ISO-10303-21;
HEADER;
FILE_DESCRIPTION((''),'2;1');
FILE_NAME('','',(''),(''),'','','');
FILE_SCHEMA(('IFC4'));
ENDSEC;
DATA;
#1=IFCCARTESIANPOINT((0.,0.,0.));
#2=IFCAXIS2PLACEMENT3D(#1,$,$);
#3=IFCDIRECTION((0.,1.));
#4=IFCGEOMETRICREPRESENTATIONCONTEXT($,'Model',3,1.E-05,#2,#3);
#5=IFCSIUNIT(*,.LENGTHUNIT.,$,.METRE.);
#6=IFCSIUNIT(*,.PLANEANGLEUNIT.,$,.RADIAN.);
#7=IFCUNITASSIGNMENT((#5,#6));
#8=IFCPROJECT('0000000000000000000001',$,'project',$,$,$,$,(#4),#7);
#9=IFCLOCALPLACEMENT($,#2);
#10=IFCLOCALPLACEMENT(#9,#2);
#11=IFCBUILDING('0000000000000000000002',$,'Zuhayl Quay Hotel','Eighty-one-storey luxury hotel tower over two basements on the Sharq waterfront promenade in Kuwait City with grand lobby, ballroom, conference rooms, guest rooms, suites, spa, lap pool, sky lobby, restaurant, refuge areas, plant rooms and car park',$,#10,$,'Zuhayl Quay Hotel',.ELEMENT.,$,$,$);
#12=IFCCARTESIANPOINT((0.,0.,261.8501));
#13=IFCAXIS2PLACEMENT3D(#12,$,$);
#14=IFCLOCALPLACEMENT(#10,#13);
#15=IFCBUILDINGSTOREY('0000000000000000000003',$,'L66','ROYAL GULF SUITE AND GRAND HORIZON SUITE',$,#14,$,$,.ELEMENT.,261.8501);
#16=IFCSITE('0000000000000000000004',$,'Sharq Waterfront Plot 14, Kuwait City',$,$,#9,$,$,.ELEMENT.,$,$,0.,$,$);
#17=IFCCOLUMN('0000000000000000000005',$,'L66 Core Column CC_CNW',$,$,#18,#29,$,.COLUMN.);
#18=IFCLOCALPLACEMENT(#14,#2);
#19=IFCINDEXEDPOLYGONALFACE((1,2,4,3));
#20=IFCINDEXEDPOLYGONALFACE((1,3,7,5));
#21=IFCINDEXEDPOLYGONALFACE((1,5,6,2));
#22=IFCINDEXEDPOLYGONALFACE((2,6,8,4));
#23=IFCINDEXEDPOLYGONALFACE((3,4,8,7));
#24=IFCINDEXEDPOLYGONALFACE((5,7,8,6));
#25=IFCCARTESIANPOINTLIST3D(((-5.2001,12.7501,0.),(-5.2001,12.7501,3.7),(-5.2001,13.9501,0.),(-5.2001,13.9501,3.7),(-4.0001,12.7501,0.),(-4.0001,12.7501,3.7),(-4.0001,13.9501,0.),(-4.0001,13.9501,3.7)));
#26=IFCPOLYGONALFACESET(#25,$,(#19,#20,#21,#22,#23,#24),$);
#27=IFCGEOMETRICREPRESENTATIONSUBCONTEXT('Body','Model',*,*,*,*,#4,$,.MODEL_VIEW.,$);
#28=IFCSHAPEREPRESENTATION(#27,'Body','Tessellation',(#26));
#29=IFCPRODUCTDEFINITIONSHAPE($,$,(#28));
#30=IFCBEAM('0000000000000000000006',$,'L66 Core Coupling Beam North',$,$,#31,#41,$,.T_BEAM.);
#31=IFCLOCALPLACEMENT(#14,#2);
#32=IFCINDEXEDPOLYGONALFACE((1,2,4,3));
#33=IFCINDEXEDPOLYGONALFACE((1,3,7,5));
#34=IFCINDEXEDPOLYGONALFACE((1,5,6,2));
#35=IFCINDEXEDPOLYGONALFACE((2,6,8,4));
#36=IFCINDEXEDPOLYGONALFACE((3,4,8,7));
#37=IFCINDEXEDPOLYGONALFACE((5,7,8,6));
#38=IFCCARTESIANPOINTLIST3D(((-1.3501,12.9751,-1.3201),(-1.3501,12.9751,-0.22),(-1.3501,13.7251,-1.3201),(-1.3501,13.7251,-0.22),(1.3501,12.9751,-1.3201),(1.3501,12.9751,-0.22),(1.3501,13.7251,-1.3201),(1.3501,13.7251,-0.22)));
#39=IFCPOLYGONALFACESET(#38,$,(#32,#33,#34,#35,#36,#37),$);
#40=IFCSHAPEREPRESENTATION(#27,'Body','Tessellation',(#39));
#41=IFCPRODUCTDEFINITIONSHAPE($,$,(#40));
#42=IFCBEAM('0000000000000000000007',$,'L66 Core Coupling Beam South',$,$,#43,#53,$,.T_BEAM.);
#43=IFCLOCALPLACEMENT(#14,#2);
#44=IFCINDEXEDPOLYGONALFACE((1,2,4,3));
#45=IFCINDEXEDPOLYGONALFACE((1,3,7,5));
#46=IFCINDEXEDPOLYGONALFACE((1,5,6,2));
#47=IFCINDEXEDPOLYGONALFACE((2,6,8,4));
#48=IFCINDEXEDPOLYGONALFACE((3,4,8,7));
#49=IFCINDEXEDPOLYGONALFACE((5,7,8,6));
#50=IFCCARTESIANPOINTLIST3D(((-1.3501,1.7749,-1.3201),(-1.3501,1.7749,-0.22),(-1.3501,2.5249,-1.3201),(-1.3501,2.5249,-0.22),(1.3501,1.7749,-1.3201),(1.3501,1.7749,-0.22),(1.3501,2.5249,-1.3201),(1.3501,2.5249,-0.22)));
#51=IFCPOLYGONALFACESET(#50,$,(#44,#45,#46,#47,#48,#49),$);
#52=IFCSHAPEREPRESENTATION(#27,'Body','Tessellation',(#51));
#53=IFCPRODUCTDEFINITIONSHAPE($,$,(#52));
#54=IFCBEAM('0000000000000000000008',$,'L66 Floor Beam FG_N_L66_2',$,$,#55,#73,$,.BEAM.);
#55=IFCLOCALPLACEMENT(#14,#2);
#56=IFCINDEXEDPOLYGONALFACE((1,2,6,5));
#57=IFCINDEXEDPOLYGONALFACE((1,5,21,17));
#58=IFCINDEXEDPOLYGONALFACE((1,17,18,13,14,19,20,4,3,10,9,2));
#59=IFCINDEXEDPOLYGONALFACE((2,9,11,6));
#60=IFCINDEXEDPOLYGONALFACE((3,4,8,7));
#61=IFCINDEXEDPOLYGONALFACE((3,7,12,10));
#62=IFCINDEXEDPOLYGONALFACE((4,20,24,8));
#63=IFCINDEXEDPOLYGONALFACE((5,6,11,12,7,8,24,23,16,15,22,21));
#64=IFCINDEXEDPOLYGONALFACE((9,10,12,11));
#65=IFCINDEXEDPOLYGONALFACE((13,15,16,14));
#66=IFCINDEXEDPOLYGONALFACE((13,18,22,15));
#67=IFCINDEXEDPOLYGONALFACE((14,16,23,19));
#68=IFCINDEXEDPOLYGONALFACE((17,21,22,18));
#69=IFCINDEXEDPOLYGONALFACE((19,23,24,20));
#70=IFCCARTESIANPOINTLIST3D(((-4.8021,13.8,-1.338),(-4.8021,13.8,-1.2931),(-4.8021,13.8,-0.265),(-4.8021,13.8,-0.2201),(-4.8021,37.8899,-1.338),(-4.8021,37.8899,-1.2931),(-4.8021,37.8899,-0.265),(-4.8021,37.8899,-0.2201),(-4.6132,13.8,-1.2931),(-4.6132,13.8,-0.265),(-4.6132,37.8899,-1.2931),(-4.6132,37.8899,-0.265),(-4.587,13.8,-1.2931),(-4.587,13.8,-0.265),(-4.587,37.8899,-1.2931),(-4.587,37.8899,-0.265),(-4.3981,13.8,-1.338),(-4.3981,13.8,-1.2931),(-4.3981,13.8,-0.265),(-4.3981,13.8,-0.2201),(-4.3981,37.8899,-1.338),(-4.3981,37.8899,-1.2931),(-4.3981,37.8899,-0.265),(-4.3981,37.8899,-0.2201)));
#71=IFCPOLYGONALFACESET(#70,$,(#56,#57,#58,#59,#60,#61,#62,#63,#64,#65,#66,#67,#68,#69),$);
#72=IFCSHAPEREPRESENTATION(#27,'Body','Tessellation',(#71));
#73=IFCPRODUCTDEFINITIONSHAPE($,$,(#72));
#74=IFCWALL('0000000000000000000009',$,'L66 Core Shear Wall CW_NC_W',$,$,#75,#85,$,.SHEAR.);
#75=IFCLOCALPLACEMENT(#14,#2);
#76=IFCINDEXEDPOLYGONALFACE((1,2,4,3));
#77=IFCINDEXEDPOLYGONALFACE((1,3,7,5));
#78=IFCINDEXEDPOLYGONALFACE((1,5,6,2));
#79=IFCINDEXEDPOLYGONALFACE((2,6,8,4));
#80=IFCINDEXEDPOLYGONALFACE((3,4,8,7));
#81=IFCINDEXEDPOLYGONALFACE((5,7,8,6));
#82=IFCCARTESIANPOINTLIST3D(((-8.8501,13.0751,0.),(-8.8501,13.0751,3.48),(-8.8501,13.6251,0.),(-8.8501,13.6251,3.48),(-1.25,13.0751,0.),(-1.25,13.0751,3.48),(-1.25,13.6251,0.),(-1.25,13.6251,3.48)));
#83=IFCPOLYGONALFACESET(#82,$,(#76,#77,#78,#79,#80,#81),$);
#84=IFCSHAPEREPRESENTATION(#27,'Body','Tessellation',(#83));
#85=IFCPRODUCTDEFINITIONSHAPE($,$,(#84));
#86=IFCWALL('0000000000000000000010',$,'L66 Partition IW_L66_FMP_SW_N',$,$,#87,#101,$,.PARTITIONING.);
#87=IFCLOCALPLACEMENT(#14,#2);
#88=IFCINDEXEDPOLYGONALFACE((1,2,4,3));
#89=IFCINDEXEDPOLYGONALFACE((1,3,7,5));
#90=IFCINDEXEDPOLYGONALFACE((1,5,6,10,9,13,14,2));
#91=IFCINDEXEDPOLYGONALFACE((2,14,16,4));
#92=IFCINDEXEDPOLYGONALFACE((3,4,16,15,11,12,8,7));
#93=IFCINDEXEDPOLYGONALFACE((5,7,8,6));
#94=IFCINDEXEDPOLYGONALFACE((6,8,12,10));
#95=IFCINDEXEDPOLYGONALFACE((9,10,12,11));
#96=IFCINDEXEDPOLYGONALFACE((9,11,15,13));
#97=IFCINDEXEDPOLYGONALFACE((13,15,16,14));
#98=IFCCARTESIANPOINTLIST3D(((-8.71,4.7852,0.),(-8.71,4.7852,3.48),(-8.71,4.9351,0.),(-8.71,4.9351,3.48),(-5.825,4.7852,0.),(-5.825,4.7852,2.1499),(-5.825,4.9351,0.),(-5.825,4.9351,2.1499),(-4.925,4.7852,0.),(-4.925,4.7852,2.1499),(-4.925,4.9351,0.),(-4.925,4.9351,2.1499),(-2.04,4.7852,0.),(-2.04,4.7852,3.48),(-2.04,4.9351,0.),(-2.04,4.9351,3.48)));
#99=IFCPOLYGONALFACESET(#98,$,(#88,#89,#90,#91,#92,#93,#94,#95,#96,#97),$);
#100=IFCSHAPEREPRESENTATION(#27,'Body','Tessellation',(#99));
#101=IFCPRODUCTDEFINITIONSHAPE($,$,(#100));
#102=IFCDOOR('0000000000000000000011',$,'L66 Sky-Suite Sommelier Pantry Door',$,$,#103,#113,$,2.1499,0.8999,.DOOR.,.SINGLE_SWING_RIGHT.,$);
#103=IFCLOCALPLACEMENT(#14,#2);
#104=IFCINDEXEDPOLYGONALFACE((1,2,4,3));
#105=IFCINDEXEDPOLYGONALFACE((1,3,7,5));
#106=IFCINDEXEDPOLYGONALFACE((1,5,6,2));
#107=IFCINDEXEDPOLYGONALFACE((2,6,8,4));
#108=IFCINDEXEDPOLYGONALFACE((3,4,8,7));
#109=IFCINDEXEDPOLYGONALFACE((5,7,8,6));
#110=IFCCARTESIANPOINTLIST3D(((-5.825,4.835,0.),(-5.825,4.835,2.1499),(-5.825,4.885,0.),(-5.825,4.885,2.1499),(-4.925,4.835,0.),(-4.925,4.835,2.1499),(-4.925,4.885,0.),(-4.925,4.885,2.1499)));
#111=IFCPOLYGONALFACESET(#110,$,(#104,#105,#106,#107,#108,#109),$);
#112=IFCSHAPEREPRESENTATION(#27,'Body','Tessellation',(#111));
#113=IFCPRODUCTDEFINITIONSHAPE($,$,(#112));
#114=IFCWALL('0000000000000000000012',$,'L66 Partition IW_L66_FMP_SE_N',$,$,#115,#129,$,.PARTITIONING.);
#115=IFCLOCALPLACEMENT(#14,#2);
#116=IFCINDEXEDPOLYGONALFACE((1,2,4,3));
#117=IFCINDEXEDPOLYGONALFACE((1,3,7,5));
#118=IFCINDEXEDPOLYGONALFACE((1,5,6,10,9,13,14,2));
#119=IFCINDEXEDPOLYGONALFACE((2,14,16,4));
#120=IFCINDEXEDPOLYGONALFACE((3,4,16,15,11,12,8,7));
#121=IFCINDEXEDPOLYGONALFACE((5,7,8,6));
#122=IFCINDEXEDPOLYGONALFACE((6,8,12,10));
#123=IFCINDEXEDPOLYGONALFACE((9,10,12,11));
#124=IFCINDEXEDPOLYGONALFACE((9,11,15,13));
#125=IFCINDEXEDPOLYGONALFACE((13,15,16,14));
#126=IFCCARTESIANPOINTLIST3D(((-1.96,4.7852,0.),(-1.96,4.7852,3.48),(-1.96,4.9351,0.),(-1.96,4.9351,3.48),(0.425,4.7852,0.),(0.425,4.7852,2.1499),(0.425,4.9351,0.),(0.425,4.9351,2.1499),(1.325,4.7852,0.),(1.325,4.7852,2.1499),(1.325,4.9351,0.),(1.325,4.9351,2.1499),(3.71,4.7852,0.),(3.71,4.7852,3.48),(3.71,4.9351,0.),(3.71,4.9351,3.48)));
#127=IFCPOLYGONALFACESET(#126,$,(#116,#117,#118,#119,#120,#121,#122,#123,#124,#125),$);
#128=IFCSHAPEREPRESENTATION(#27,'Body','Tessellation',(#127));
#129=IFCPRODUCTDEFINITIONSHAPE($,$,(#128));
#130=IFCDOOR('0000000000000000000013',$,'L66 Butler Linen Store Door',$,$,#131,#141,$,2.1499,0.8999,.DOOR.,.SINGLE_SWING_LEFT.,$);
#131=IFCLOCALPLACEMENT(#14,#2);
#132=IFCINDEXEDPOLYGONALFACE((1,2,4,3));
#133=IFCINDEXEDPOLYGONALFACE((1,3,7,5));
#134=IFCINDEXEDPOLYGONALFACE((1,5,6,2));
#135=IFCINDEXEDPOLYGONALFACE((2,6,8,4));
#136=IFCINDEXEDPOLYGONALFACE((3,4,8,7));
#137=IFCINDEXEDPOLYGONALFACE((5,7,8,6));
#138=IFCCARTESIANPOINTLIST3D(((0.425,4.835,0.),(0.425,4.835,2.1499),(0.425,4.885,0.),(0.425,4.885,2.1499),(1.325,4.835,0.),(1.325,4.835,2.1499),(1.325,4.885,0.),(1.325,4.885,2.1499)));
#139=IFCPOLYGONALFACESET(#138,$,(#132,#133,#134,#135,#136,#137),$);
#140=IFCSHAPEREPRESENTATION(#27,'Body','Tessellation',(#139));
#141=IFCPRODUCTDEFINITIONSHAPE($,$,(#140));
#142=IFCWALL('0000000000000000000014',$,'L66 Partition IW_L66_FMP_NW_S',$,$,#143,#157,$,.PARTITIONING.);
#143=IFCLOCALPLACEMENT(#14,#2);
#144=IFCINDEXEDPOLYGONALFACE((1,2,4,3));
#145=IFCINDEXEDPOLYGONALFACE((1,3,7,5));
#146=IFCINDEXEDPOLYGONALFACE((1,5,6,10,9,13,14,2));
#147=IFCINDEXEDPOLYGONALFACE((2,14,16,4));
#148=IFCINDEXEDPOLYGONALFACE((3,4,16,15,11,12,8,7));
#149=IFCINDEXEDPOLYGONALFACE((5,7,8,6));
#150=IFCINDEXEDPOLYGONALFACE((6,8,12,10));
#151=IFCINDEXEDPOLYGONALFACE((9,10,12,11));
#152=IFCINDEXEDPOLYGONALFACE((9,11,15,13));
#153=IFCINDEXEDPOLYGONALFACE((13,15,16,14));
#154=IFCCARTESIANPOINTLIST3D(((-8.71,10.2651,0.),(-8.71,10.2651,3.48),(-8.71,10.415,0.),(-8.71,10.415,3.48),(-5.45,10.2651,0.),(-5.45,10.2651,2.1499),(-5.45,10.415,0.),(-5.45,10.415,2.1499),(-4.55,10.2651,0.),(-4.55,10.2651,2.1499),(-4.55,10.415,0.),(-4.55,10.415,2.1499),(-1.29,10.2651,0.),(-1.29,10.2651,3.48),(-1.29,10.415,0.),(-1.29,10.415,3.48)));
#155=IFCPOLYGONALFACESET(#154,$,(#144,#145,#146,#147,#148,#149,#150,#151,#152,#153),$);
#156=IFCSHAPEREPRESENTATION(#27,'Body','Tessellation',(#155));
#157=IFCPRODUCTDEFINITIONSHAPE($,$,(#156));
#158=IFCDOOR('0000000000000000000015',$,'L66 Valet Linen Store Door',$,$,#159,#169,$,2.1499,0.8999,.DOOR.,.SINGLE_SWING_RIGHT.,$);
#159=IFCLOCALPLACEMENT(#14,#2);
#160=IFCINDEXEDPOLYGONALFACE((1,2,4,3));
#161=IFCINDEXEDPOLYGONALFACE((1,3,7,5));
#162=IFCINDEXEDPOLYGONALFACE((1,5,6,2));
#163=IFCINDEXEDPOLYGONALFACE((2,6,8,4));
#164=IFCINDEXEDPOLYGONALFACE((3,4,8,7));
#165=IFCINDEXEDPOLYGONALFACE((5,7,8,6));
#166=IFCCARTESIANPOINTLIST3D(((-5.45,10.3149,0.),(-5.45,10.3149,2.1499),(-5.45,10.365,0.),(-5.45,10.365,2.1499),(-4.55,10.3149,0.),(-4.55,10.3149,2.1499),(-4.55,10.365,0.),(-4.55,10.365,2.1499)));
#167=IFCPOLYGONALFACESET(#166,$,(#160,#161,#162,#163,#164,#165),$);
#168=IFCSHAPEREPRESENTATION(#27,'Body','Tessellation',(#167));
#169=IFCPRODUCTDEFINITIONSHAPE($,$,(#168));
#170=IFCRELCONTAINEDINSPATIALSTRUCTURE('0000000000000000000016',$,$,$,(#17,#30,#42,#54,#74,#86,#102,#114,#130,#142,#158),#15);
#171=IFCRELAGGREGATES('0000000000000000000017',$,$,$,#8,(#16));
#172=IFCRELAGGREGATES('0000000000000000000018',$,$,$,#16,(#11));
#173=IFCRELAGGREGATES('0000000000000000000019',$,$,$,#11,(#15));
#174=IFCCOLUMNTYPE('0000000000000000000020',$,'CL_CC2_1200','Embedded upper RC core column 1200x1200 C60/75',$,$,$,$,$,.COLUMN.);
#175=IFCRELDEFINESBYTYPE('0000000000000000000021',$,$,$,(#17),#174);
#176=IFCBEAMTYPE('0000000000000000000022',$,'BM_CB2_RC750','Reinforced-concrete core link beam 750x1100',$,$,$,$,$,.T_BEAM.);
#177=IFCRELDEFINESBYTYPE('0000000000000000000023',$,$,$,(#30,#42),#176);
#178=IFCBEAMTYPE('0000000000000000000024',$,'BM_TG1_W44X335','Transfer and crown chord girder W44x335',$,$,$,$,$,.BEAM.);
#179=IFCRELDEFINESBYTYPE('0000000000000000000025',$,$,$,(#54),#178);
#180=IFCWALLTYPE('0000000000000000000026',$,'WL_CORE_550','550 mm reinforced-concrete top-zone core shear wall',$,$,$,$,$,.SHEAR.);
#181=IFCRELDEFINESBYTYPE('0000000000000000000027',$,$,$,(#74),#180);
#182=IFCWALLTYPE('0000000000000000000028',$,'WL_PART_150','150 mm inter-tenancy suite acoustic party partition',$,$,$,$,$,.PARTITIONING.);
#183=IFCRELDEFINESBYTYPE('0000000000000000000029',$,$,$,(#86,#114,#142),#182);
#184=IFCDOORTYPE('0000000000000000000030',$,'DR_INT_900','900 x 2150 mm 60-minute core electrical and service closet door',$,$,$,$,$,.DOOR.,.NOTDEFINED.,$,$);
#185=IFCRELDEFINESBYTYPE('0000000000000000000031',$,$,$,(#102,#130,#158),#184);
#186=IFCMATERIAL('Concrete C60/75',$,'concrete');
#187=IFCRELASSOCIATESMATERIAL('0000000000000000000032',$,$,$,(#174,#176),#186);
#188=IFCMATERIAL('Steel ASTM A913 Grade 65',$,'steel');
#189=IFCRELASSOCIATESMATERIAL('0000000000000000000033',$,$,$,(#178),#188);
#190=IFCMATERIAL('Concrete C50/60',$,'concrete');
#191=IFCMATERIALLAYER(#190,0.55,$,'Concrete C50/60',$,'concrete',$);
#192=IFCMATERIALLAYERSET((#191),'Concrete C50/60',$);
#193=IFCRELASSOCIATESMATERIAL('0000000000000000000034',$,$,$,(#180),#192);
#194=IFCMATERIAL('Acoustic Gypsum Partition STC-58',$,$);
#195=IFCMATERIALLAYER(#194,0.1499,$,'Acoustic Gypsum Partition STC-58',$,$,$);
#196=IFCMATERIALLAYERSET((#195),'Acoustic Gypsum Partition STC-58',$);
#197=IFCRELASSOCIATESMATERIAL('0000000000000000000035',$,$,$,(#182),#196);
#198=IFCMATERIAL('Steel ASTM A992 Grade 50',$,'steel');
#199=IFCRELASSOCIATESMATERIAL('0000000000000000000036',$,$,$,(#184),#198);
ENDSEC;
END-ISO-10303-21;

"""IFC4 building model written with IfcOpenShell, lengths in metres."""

from ifc_helpers import new_model, si_unit, direction, frame, frame_2d, origin, origin_2d, place, context, subcontext, project, spatial, rectangle, i_section, extrude, material, layer, layer_set, material_profile, profile_set, type_object, element, fill, save


model = new_model("IFC4")

# Units and contexts
model_context = context("Model", 3, precision=1e-05, world=origin(), true_north=direction((0.0, 1.0)))
body_context = subcontext(model_context, "Body", "Model", "MODEL_VIEW")
ifc_project = project(units=[si_unit("LENGTHUNIT", "METRE"), si_unit("PLANEANGLEUNIT", "RADIAN")], contexts=[model_context])

# Site, building, storey
site_placement = place(None, origin())
site = spatial("IfcSite", under=ifc_project, at=site_placement, Name="Sharq Waterfront Plot 14, Kuwait City", CompositionType="ELEMENT", RefElevation=0.0)
building_placement = place(site_placement, origin())
building = spatial("IfcBuilding", under=site, at=building_placement, Name="Zuhayl Quay Hotel", Description="Eighty-one-storey luxury hotel tower over two basements on the Sharq waterfront promenade in Kuwait City with grand lobby, ballroom, conference rooms, guest rooms, suites, spa, lap pool, sky lobby, restaurant, refuge areas, plant rooms and car park", LongName="Zuhayl Quay Hotel", CompositionType="ELEMENT")
storey_placement = place(building_placement, frame((0.0, 0.0, 261.8501)))
storey = spatial("IfcBuildingStorey", under=building, at=storey_placement, Name="L66", Description="ROYAL GULF SUITE AND GRAND HORIZON SUITE", CompositionType="ELEMENT", Elevation=261.8501)

# Column
ifc_material_1 = material(Name="Concrete C60/75", Category="concrete")
ifc_material_profile_1 = material_profile(ifc_material_1, rectangle(XDim=1.2, YDim=1.2, at=origin_2d()), Name="RC1200X1200")
ifc_profile_set_1 = profile_set([ifc_material_profile_1], Name="Concrete C60/75")
column_type = type_object("IfcColumnType", Name="CL_CC2_1200", Description="Embedded upper RC core column 1200x1200 C60/75", PredefinedType="COLUMN", material=ifc_profile_set_1)
column_placement = place(storey_placement, frame((-4.6001, 13.3501, 0.0), z_axis=(0.0, 0.0, 1.0), x_axis=(1.0, 0.0, 0.0)))
element("IfcColumn", 1, at=column_placement, inside=storey, type_object=column_type, Name="L66 Core Column CC_CNW", PredefinedType="COLUMN", context=body_context, shape_type="SweptSolid", body=[
    extrude(rectangle(XDim=1.2, YDim=1.2, at=origin_2d()), origin(), (0.0, 0.0, 1.0), 3.7),
])

# Beams
ifc_material_profile_2 = material_profile(ifc_material_1, rectangle(XDim=0.75, YDim=1.1001, at=origin_2d()), Name="RC750X1100")
ifc_profile_set_2 = profile_set([ifc_material_profile_2], Name="Concrete C60/75")
beam_type_1 = type_object("IfcBeamType", Name="BM_CB2_RC750", Description="Reinforced-concrete core link beam 750x1100", PredefinedType="T_BEAM", material=ifc_profile_set_2)
for number, where, z_axis, x_axis, name in (
    (2, (-1.3501, 13.3501, -0.77), (1.0, 0.0, 0.0), (0.0, 1.0, 0.0), "L66 Core Coupling Beam North"),
    (3, (-1.3501, 2.1499, -0.77), (1.0, 0.0, 0.0), (0.0, 1.0, 0.0), "L66 Core Coupling Beam South"),
):
    element("IfcBeam", number, at=place(storey_placement, frame(where, z_axis=z_axis, x_axis=x_axis)), inside=storey, type_object=beam_type_1, Name=name, PredefinedType="T_BEAM", context=body_context, shape_type="SweptSolid", body=[
        extrude(rectangle(XDim=0.75, YDim=1.1001, at=origin_2d()), origin(), (0.0, 0.0, 1.0), 2.7002),
    ])
ifc_material_2 = material(Name="Steel ASTM A913 Grade 65", Category="steel")
ifc_material_profile_3 = material_profile(ifc_material_2, i_section(OverallWidth=0.4041, OverallDepth=1.1179, WebThickness=0.0261, FlangeThickness=0.0449, at=origin_2d()), Name="W44X335")
ifc_profile_set_3 = profile_set([ifc_material_profile_3], Name="Steel ASTM A913 Grade 65")
beam_type_2 = type_object("IfcBeamType", Name="BM_TG1_W44X335", Description="Transfer and crown chord girder W44x335", PredefinedType="BEAM", material=ifc_profile_set_3)
beam_placement = place(storey_placement, frame((-4.6001, 13.8, -0.7791), z_axis=(0.0, 1.0, 0.0), x_axis=(-1.0, 0.0, 0.0)))
element("IfcBeam", 4, at=beam_placement, inside=storey, type_object=beam_type_2, Name="L66 Floor Beam FG_N_L66_2", PredefinedType="BEAM", context=body_context, shape_type="SweptSolid", body=[
    extrude(i_section(OverallWidth=0.4041, OverallDepth=1.1179, WebThickness=0.0261, FlangeThickness=0.0449, at=origin_2d()), origin(), (0.0, 0.0, 1.0), 24.0898),
])

# Wall
ifc_material_3 = material(Name="Concrete C50/60", Category="concrete")
ifc_layer_1 = layer(ifc_material_3, 0.55, Name="Concrete C50/60", Category="concrete")
ifc_layer_set_1 = layer_set([ifc_layer_1], Name="Concrete C50/60")
wall_type_1 = type_object("IfcWallType", Name="WL_CORE_550", Description="550 mm reinforced-concrete top-zone core shear wall", PredefinedType="SHEAR", material=ifc_layer_set_1)
wall_1_placement = place(storey_placement, frame((-8.8501, 13.3501, 0.0), z_axis=(0.0, 0.0, 1.0), x_axis=(1.0, 0.0, 0.0)))
element("IfcWall", 5, at=wall_1_placement, inside=storey, type_object=wall_type_1, Name="L66 Core Shear Wall CW_NC_W", PredefinedType="SHEAR", context=body_context, shape_type="SweptSolid", body=[
    extrude(rectangle(XDim=7.6001, YDim=0.55, at=frame_2d((3.8, 0.0))), origin(), (0.0, 0.0, 1.0), 3.48),
])

# Walls, openings, doors
ifc_material_4 = material(Name="Acoustic Gypsum Partition STC-58")
ifc_layer_2 = layer(ifc_material_4, 0.1499, Name="Acoustic Gypsum Partition STC-58")
ifc_layer_set_2 = layer_set([ifc_layer_2], Name="Acoustic Gypsum Partition STC-58")
wall_type_2 = type_object("IfcWallType", Name="WL_PART_150", Description="150 mm inter-tenancy suite acoustic party partition", PredefinedType="PARTITIONING", material=ifc_layer_set_2)
wall_2_placement = place(storey_placement, frame((-8.71, 4.8601, 0.0), z_axis=(0.0, 0.0, 1.0), x_axis=(1.0, 0.0, 0.0)))
wall_2 = element("IfcWall", 6, at=wall_2_placement, inside=storey, type_object=wall_type_2, Name="L66 Partition IW_L66_FMP_SW_N", PredefinedType="PARTITIONING", context=body_context, shape_type="SweptSolid", body=[
    extrude(rectangle(XDim=6.6699, YDim=0.1499, at=frame_2d((3.335, 0.0))), origin(), (0.0, 0.0, 1.0), 3.48),
])
opening_1_placement = place(wall_2_placement, frame((2.885, 0.0, 0.0)))
opening_1 = element("IfcOpeningElement", 7, at=opening_1_placement, cuts=wall_2, PredefinedType="OPENING", context=body_context, shape_type="SweptSolid", body=[
    extrude(rectangle(XDim=0.8999, YDim=2.1499, at=frame_2d((0.45, 1.075))), frame((0.0, 0.085, 0.0), z_axis=(0.0, -1.0, 0.0), x_axis=(1.0, 0.0, 0.0)), (0.0, 0.0, 1.0), 0.1699),
])
ifc_material_5 = material(Name="Steel ASTM A992 Grade 50", Category="steel")
door_type_1 = type_object("IfcDoorType", Name="DR_INT_900", Description="900 x 2150 mm 60-minute core electrical and service closet door", OperationType="NOTDEFINED", PredefinedType="DOOR", material=ifc_material_5)
door_1_placement = place(opening_1_placement, origin())
door_1 = element("IfcDoor", 8, at=door_1_placement, inside=storey, type_object=door_type_1, Name="L66 Sky-Suite Sommelier Pantry Door", OperationType="SINGLE_SWING_RIGHT", OverallHeight=2.1499, OverallWidth=0.8999, PredefinedType="DOOR", context=body_context, shape_type="SweptSolid", body=[
    extrude(rectangle(XDim=0.8999, YDim=2.1499, at=frame_2d((0.45, 1.075))), frame((0.0, 0.0249, 0.0), z_axis=(0.0, -1.0, 0.0), x_axis=(1.0, 0.0, 0.0)), (0.0, 0.0, 1.0), 0.05),
])
fill(opening_1, door_1)
wall_3_placement = place(storey_placement, frame((-1.96, 4.8601, 0.0), z_axis=(0.0, 0.0, 1.0), x_axis=(1.0, 0.0, 0.0)))
wall_3 = element("IfcWall", 9, at=wall_3_placement, inside=storey, type_object=wall_type_2, Name="L66 Partition IW_L66_FMP_SE_N", PredefinedType="PARTITIONING", context=body_context, shape_type="SweptSolid", body=[
    extrude(rectangle(XDim=5.6699, YDim=0.1499, at=frame_2d((2.835, 0.0))), origin(), (0.0, 0.0, 1.0), 3.48),
])
opening_2_placement = place(wall_3_placement, frame((2.385, 0.0, 0.0)))
opening_2 = element("IfcOpeningElement", 10, at=opening_2_placement, cuts=wall_3, PredefinedType="OPENING", context=body_context, shape_type="SweptSolid", body=[
    extrude(rectangle(XDim=0.8999, YDim=2.1499, at=frame_2d((0.45, 1.075))), frame((0.0, 0.085, 0.0), z_axis=(0.0, -1.0, 0.0), x_axis=(1.0, 0.0, 0.0)), (0.0, 0.0, 1.0), 0.1699),
])
door_2_placement = place(opening_2_placement, origin())
door_2 = element("IfcDoor", 11, at=door_2_placement, inside=storey, type_object=door_type_1, Name="L66 Butler Linen Store Door", OperationType="SINGLE_SWING_LEFT", OverallHeight=2.1499, OverallWidth=0.8999, PredefinedType="DOOR", context=body_context, shape_type="SweptSolid", body=[
    extrude(rectangle(XDim=0.8999, YDim=2.1499, at=frame_2d((0.45, 1.075))), frame((0.0, 0.0249, 0.0), z_axis=(0.0, -1.0, 0.0), x_axis=(1.0, 0.0, 0.0)), (0.0, 0.0, 1.0), 0.05),
])
fill(opening_2, door_2)
wall_4_placement = place(storey_placement, frame((-8.71, 10.3401, 0.0), z_axis=(0.0, 0.0, 1.0), x_axis=(1.0, 0.0, 0.0)))
wall_4 = element("IfcWall", 12, at=wall_4_placement, inside=storey, type_object=wall_type_2, Name="L66 Partition IW_L66_FMP_NW_S", PredefinedType="PARTITIONING", context=body_context, shape_type="SweptSolid", body=[
    extrude(rectangle(XDim=7.4199, YDim=0.1499, at=frame_2d((3.71, 0.0))), origin(), (0.0, 0.0, 1.0), 3.48),
])
opening_3_placement = place(wall_4_placement, frame((3.26, 0.0, 0.0)))
opening_3 = element("IfcOpeningElement", 13, at=opening_3_placement, cuts=wall_4, PredefinedType="OPENING", context=body_context, shape_type="SweptSolid", body=[
    extrude(rectangle(XDim=0.8999, YDim=2.1499, at=frame_2d((0.45, 1.075))), frame((0.0, 0.085, 0.0), z_axis=(0.0, -1.0, 0.0), x_axis=(1.0, 0.0, 0.0)), (0.0, 0.0, 1.0), 0.1699),
])
door_3_placement = place(opening_3_placement, origin())
door_3 = element("IfcDoor", 14, at=door_3_placement, inside=storey, type_object=door_type_1, Name="L66 Valet Linen Store Door", OperationType="SINGLE_SWING_RIGHT", OverallHeight=2.1499, OverallWidth=0.8999, PredefinedType="DOOR", context=body_context, shape_type="SweptSolid", body=[
    extrude(rectangle(XDim=0.8999, YDim=2.1499, at=frame_2d((0.45, 1.075))), frame((0.0, 0.0249, 0.0), z_axis=(0.0, -1.0, 0.0), x_axis=(1.0, 0.0, 0.0)), (0.0, 0.0, 1.0), 0.05),
])
fill(opening_3, door_3)

save(model, "model.ifc")
